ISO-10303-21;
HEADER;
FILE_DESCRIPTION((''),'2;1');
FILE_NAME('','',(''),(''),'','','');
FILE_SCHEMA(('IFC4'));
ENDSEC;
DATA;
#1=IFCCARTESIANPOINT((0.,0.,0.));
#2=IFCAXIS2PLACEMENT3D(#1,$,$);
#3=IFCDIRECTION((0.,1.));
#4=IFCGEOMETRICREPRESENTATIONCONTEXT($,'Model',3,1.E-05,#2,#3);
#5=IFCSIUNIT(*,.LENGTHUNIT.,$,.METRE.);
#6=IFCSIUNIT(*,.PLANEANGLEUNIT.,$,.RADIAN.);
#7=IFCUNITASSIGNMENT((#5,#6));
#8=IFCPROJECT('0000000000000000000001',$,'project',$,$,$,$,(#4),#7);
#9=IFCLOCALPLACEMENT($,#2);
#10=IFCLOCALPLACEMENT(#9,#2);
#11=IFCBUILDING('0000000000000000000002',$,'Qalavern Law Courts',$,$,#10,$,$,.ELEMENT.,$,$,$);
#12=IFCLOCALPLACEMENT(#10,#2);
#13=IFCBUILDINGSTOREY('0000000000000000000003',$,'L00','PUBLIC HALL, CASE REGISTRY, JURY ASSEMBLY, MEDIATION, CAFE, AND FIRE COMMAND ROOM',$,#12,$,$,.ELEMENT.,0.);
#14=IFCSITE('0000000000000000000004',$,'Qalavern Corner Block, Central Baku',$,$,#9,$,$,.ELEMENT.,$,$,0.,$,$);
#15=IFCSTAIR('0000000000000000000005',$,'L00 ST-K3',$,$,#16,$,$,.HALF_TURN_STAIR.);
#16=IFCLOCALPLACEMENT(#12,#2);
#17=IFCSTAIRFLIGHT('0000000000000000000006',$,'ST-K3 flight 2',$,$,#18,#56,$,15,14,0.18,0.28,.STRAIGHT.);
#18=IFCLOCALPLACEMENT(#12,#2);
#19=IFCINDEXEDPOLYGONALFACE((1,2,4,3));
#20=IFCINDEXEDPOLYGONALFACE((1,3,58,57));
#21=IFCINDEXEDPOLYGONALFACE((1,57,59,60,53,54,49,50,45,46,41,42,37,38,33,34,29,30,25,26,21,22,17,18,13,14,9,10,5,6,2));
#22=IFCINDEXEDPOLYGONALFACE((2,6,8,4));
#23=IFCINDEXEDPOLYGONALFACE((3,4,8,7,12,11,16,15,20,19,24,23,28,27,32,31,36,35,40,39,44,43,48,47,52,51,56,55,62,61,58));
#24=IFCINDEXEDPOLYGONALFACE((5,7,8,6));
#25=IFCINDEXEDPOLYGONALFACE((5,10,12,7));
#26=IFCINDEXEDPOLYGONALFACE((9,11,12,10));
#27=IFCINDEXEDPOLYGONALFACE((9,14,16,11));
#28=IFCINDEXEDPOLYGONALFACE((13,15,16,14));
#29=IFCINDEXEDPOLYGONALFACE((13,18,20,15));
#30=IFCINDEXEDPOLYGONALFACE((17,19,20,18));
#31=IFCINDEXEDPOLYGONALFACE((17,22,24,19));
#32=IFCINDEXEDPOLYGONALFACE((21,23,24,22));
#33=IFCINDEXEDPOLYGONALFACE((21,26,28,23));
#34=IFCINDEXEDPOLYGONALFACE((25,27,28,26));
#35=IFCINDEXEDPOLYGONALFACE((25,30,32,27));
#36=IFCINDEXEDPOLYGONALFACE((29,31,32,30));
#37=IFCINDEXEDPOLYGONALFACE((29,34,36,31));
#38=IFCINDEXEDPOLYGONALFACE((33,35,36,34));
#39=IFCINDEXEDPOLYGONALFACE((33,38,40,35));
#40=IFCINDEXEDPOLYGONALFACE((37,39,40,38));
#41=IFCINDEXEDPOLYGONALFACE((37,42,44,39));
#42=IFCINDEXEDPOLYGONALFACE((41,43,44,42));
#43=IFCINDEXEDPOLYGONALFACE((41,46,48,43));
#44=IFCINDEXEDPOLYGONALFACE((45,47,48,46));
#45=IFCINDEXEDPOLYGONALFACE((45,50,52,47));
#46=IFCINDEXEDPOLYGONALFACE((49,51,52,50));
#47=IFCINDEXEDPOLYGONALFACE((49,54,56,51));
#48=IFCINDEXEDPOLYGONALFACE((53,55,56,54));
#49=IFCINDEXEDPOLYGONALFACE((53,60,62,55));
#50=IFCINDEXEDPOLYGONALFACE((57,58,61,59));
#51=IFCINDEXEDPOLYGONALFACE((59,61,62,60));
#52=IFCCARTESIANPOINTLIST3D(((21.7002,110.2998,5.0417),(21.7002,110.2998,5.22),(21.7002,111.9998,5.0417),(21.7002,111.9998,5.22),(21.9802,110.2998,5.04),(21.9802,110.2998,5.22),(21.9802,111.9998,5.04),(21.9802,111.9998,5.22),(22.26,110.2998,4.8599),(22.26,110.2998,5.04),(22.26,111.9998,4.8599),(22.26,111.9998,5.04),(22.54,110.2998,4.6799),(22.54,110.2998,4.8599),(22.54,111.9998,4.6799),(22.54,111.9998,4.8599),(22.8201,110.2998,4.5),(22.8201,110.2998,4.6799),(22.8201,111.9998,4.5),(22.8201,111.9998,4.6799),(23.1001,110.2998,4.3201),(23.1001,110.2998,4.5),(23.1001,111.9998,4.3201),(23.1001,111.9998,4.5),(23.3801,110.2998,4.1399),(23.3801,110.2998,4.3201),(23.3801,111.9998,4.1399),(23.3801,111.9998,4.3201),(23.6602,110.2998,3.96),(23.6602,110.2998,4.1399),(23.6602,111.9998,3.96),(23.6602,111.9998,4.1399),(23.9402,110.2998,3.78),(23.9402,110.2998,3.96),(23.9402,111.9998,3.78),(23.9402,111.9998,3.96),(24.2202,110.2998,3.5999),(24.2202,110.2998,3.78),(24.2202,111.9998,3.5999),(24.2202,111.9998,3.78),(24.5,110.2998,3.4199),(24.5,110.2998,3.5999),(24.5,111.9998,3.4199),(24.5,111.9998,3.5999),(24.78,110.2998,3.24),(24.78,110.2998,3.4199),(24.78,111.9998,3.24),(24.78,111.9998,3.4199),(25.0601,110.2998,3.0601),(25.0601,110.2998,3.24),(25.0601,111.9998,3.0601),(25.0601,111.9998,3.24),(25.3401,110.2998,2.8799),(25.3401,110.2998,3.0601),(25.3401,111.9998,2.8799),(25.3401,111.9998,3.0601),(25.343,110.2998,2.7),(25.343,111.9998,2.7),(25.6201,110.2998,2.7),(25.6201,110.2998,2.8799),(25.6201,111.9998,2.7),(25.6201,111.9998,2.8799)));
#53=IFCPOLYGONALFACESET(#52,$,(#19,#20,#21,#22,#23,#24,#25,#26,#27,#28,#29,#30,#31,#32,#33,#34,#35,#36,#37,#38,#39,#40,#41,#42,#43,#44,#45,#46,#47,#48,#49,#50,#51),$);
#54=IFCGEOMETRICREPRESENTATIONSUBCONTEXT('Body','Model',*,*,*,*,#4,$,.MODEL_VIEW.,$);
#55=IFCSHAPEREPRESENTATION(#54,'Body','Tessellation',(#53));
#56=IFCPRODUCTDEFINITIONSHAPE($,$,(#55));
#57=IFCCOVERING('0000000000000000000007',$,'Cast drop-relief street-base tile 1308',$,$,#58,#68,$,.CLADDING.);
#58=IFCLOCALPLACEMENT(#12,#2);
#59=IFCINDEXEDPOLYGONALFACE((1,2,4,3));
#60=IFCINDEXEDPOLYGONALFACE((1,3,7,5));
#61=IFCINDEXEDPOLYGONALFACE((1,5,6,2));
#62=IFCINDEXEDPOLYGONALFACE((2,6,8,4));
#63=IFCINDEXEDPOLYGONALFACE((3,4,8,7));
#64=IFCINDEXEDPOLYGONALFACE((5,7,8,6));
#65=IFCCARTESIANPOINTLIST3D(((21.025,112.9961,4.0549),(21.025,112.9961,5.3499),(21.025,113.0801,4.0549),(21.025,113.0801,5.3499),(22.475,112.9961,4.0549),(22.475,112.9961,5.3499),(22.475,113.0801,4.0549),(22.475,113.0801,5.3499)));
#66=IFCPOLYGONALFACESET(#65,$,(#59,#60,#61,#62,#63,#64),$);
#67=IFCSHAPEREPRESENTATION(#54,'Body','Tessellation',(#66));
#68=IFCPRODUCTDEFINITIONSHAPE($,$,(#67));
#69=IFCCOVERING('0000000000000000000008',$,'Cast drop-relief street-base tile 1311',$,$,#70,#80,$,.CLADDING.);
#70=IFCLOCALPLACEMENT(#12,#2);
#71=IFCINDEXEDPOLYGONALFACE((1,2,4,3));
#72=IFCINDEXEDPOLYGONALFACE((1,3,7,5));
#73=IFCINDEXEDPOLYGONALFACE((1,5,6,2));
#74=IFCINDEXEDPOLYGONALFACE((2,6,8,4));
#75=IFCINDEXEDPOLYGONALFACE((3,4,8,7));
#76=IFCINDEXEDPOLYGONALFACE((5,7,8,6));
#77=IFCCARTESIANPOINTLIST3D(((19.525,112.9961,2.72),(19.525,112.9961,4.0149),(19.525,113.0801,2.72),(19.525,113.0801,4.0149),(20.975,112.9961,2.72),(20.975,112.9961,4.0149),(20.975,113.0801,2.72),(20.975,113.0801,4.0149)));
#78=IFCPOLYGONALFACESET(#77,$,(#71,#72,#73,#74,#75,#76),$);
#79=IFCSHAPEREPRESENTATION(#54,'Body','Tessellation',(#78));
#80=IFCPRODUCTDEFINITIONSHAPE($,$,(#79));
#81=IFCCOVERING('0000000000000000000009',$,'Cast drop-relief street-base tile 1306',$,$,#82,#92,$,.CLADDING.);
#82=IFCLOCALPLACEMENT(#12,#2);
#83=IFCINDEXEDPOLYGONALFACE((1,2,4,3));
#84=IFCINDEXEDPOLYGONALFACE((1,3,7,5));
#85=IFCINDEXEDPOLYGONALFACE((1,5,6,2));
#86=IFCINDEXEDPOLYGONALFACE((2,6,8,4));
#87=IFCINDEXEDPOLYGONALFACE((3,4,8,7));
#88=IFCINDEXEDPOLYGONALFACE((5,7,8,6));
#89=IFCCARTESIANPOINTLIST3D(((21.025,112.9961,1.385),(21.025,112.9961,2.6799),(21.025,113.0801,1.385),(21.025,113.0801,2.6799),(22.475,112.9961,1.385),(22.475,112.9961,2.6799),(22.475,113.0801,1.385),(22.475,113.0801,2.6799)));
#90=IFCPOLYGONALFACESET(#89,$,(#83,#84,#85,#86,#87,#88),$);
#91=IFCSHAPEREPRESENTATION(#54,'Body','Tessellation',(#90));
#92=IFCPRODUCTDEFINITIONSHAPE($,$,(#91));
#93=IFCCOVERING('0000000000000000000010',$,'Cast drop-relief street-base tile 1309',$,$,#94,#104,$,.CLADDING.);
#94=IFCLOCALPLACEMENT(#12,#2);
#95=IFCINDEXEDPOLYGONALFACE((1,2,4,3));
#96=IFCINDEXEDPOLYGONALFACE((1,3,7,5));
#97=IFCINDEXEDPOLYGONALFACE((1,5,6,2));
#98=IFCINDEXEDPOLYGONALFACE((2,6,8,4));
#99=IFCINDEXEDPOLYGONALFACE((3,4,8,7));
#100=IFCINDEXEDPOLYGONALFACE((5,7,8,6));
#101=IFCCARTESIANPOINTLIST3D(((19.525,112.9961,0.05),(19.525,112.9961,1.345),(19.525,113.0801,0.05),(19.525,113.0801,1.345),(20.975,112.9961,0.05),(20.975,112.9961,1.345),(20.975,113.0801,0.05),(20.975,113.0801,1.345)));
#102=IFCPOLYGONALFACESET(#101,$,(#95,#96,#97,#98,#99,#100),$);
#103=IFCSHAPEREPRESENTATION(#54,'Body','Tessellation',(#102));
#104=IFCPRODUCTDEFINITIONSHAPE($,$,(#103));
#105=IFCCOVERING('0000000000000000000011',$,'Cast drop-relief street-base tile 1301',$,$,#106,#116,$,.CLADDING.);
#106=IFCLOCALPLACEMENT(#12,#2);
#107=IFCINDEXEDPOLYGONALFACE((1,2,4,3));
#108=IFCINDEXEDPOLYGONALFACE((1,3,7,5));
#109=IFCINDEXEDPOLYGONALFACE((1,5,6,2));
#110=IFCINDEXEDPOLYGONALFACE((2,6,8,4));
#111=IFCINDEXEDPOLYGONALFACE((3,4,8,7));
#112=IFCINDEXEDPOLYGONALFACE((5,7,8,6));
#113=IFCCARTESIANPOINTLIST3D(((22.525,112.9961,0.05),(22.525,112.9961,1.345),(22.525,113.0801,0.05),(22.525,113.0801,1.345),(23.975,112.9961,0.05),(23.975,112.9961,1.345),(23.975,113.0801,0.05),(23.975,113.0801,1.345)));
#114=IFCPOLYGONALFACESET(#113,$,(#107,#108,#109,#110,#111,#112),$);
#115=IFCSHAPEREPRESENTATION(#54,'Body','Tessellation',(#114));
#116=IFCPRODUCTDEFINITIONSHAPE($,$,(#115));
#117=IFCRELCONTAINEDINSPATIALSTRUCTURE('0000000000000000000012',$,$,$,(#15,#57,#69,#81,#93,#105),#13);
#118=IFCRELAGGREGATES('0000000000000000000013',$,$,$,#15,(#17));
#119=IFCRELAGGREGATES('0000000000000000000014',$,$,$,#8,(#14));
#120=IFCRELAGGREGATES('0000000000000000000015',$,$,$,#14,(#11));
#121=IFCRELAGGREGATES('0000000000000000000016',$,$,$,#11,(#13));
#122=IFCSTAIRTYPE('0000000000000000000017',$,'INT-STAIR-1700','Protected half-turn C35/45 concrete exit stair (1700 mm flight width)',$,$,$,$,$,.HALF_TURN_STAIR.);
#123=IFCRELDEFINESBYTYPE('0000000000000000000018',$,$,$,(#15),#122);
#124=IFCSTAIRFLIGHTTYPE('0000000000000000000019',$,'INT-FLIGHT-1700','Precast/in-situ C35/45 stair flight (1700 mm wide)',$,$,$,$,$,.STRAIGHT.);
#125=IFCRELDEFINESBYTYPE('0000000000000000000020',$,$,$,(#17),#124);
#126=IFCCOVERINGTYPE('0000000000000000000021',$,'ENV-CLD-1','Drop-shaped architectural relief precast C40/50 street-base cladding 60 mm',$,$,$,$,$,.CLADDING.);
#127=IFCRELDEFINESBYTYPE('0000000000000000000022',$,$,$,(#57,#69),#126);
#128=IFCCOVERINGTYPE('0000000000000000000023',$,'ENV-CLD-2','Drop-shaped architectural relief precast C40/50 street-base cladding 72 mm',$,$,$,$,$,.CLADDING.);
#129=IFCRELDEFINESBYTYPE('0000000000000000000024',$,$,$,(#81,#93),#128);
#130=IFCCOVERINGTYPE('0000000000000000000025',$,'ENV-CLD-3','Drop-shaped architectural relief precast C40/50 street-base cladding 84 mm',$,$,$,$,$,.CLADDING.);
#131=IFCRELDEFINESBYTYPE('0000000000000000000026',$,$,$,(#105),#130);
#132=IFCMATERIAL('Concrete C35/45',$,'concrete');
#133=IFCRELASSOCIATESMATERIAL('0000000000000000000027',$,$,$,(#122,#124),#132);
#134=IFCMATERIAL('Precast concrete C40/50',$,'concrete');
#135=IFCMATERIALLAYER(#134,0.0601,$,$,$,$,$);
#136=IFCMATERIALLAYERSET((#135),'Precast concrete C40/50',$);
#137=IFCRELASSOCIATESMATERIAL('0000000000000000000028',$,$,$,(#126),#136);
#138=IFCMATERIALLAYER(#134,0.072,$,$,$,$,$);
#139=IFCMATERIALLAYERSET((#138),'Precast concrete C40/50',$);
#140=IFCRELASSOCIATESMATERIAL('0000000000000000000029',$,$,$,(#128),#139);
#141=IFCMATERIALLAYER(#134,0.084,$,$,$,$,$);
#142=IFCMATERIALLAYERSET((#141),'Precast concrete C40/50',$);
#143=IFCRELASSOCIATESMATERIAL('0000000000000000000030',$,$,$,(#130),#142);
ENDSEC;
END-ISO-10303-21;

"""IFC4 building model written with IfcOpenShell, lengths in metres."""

from ifc_helpers import new_model, si_unit, direction, frame, origin, origin_2d, place, context, subcontext, project, spatial, polyline, rectangle, outline, extrude, material, layer, layer_set, type_object, element, aggregate, save


model = new_model("IFC4")

# Units and contexts
model_context = context("Model", 3, precision=1e-05, world=origin(), true_north=direction((0.0, 1.0)))
body_context = subcontext(model_context, "Body", "Model", "MODEL_VIEW")
ifc_project = project(units=[si_unit("LENGTHUNIT", "METRE"), si_unit("PLANEANGLEUNIT", "RADIAN")], contexts=[model_context])

# Site, building, storey
site_placement = place(None, origin())
site = spatial("IfcSite", under=ifc_project, at=site_placement, Name="Qalavern Corner Block, Central Baku", CompositionType="ELEMENT", RefElevation=0.0)
building_placement = place(site_placement, origin())
building = spatial("IfcBuilding", under=site, at=building_placement, Name="Qalavern Law Courts", CompositionType="ELEMENT")
storey_placement = place(building_placement, origin())
storey = spatial("IfcBuildingStorey", under=building, at=storey_placement, Name="L00", Description="PUBLIC HALL, CASE REGISTRY, JURY ASSEMBLY, MEDIATION, CAFE, AND FIRE COMMAND ROOM", CompositionType="ELEMENT", Elevation=0.0)

# Stair, stair flight
ifc_material_1 = material(Name="Concrete C35/45", Category="concrete")
stair_type = type_object("IfcStairType", Name="INT-STAIR-1700", Description="Protected half-turn C35/45 concrete exit stair (1700 mm flight width)", PredefinedType="HALF_TURN_STAIR", material=ifc_material_1)
stair_placement = place(storey_placement, origin())
stair = element("IfcStair", 1, at=stair_placement, inside=storey, type_object=stair_type, Name="L00 ST-K3", PredefinedType="HALF_TURN_STAIR")
stair_flight_type = type_object("IfcStairFlightType", Name="INT-FLIGHT-1700", Description="Precast/in-situ C35/45 stair flight (1700 mm wide)", PredefinedType="STRAIGHT", material=ifc_material_1)
stair_flight_1_placement = place(storey_placement, frame((25.6201, 111.1499, 2.7), z_axis=(0.0, 0.0, 1.0), x_axis=(-1.0, 0.0, 0.0)))
stair_flight_1 = element("IfcStairFlight", 2, at=stair_flight_1_placement, type_object=stair_flight_type, Name="ST-K3 flight 2", NumberOfRisers=15, NumberOfTreads=14, PredefinedType="STRAIGHT", RiserHeight=0.18, TreadLength=0.28, context=body_context, shape_type="SweptSolid", body=[
    extrude(outline(polyline([(0.0, 0.0), (0.0, 0.1799), (0.28, 0.1799), (0.28, 0.3601), (0.5601, 0.3601), (0.5601, 0.54), (0.8401, 0.54), (0.8401, 0.72), (1.1201, 0.72), (1.1201, 0.8999), (1.3999, 0.8999), (1.3999, 1.0801), (1.6799, 1.0801), (1.6799, 1.26), (1.96, 1.26), (1.96, 1.4399), (2.24, 1.4399), (2.24, 1.6201), (2.52, 1.6201), (2.52, 1.8), (2.8, 1.8), (2.8, 1.98), (3.0801, 1.98), (3.0801, 2.1599), (3.3601, 2.1599), (3.3601, 2.3401), (3.6399, 2.3401), (3.6399, 2.52), (3.9199, 2.52), (3.9199, 2.7), (3.9199, 2.3418), (0.2771, 0.0), (0.0, 0.0)])), frame((0.0, 0.8501, 0.0), z_axis=(0.0, -1.0, 0.0), x_axis=(1.0, 0.0, 0.0)), (0.0, 0.0, 1.0), 1.7),
])
aggregate(stair, [stair_flight_1])

# Coverings
ifc_material_2 = material(Name="Precast concrete C40/50", Category="concrete")
ifc_layer_1 = layer(ifc_material_2, 0.0601)
ifc_layer_set_1 = layer_set([ifc_layer_1], Name="Precast concrete C40/50")
covering_type_1 = type_object("IfcCoveringType", Name="ENV-CLD-1", Description="Drop-shaped architectural relief precast C40/50 street-base cladding 60 mm", PredefinedType="CLADDING", material=ifc_layer_set_1)
for number, where, z_axis, x_axis, name in (
    (3, (21.75, 113.0381, 4.0549), (0.0, 0.0, 1.0), (-1.0, 0.0, 0.0), "Cast drop-relief street-base tile 1308"),
    (4, (20.25, 113.0381, 2.72), (0.0, 0.0, 1.0), (-1.0, 0.0, 0.0), "Cast drop-relief street-base tile 1311"),
):
    element("IfcCovering", number, at=place(storey_placement, frame(where, z_axis=z_axis, x_axis=x_axis)), inside=storey, type_object=covering_type_1, Name=name, PredefinedType="CLADDING", context=body_context, shape_type="SweptSolid", body=[
        extrude(rectangle(XDim=1.45, YDim=0.084, at=origin_2d()), origin(), (0.0, 0.0, 1.0), 1.2949),
    ])
ifc_layer_2 = layer(ifc_material_2, 0.072)
ifc_layer_set_2 = layer_set([ifc_layer_2], Name="Precast concrete C40/50")
covering_type_2 = type_object("IfcCoveringType", Name="ENV-CLD-2", Description="Drop-shaped architectural relief precast C40/50 street-base cladding 72 mm", PredefinedType="CLADDING", material=ifc_layer_set_2)
for number, where, z_axis, x_axis, name in (
    (5, (21.75, 113.0381, 1.385), (0.0, 0.0, 1.0), (-1.0, 0.0, 0.0), "Cast drop-relief street-base tile 1306"),
    (6, (20.25, 113.0381, 0.05), (0.0, 0.0, 1.0), (-1.0, 0.0, 0.0), "Cast drop-relief street-base tile 1309"),
):
    element("IfcCovering", number, at=place(storey_placement, frame(where, z_axis=z_axis, x_axis=x_axis)), inside=storey, type_object=covering_type_2, Name=name, PredefinedType="CLADDING", context=body_context, shape_type="SweptSolid", body=[
        extrude(rectangle(XDim=1.45, YDim=0.084, at=origin_2d()), origin(), (0.0, 0.0, 1.0), 1.2949),
    ])
ifc_layer_3 = layer(ifc_material_2, 0.084)
ifc_layer_set_3 = layer_set([ifc_layer_3], Name="Precast concrete C40/50")
covering_type_3 = type_object("IfcCoveringType", Name="ENV-CLD-3", Description="Drop-shaped architectural relief precast C40/50 street-base cladding 84 mm", PredefinedType="CLADDING", material=ifc_layer_set_3)
covering_placement = place(storey_placement, frame((23.25, 113.0381, 0.05), z_axis=(0.0, 0.0, 1.0), x_axis=(-1.0, 0.0, 0.0)))
element("IfcCovering", 7, at=covering_placement, inside=storey, type_object=covering_type_3, Name="Cast drop-relief street-base tile 1301", PredefinedType="CLADDING", context=body_context, shape_type="SweptSolid", body=[
    extrude(rectangle(XDim=1.45, YDim=0.084, at=origin_2d()), origin(), (0.0, 0.0, 1.0), 1.2949),
])

save(model, "model.ifc")
